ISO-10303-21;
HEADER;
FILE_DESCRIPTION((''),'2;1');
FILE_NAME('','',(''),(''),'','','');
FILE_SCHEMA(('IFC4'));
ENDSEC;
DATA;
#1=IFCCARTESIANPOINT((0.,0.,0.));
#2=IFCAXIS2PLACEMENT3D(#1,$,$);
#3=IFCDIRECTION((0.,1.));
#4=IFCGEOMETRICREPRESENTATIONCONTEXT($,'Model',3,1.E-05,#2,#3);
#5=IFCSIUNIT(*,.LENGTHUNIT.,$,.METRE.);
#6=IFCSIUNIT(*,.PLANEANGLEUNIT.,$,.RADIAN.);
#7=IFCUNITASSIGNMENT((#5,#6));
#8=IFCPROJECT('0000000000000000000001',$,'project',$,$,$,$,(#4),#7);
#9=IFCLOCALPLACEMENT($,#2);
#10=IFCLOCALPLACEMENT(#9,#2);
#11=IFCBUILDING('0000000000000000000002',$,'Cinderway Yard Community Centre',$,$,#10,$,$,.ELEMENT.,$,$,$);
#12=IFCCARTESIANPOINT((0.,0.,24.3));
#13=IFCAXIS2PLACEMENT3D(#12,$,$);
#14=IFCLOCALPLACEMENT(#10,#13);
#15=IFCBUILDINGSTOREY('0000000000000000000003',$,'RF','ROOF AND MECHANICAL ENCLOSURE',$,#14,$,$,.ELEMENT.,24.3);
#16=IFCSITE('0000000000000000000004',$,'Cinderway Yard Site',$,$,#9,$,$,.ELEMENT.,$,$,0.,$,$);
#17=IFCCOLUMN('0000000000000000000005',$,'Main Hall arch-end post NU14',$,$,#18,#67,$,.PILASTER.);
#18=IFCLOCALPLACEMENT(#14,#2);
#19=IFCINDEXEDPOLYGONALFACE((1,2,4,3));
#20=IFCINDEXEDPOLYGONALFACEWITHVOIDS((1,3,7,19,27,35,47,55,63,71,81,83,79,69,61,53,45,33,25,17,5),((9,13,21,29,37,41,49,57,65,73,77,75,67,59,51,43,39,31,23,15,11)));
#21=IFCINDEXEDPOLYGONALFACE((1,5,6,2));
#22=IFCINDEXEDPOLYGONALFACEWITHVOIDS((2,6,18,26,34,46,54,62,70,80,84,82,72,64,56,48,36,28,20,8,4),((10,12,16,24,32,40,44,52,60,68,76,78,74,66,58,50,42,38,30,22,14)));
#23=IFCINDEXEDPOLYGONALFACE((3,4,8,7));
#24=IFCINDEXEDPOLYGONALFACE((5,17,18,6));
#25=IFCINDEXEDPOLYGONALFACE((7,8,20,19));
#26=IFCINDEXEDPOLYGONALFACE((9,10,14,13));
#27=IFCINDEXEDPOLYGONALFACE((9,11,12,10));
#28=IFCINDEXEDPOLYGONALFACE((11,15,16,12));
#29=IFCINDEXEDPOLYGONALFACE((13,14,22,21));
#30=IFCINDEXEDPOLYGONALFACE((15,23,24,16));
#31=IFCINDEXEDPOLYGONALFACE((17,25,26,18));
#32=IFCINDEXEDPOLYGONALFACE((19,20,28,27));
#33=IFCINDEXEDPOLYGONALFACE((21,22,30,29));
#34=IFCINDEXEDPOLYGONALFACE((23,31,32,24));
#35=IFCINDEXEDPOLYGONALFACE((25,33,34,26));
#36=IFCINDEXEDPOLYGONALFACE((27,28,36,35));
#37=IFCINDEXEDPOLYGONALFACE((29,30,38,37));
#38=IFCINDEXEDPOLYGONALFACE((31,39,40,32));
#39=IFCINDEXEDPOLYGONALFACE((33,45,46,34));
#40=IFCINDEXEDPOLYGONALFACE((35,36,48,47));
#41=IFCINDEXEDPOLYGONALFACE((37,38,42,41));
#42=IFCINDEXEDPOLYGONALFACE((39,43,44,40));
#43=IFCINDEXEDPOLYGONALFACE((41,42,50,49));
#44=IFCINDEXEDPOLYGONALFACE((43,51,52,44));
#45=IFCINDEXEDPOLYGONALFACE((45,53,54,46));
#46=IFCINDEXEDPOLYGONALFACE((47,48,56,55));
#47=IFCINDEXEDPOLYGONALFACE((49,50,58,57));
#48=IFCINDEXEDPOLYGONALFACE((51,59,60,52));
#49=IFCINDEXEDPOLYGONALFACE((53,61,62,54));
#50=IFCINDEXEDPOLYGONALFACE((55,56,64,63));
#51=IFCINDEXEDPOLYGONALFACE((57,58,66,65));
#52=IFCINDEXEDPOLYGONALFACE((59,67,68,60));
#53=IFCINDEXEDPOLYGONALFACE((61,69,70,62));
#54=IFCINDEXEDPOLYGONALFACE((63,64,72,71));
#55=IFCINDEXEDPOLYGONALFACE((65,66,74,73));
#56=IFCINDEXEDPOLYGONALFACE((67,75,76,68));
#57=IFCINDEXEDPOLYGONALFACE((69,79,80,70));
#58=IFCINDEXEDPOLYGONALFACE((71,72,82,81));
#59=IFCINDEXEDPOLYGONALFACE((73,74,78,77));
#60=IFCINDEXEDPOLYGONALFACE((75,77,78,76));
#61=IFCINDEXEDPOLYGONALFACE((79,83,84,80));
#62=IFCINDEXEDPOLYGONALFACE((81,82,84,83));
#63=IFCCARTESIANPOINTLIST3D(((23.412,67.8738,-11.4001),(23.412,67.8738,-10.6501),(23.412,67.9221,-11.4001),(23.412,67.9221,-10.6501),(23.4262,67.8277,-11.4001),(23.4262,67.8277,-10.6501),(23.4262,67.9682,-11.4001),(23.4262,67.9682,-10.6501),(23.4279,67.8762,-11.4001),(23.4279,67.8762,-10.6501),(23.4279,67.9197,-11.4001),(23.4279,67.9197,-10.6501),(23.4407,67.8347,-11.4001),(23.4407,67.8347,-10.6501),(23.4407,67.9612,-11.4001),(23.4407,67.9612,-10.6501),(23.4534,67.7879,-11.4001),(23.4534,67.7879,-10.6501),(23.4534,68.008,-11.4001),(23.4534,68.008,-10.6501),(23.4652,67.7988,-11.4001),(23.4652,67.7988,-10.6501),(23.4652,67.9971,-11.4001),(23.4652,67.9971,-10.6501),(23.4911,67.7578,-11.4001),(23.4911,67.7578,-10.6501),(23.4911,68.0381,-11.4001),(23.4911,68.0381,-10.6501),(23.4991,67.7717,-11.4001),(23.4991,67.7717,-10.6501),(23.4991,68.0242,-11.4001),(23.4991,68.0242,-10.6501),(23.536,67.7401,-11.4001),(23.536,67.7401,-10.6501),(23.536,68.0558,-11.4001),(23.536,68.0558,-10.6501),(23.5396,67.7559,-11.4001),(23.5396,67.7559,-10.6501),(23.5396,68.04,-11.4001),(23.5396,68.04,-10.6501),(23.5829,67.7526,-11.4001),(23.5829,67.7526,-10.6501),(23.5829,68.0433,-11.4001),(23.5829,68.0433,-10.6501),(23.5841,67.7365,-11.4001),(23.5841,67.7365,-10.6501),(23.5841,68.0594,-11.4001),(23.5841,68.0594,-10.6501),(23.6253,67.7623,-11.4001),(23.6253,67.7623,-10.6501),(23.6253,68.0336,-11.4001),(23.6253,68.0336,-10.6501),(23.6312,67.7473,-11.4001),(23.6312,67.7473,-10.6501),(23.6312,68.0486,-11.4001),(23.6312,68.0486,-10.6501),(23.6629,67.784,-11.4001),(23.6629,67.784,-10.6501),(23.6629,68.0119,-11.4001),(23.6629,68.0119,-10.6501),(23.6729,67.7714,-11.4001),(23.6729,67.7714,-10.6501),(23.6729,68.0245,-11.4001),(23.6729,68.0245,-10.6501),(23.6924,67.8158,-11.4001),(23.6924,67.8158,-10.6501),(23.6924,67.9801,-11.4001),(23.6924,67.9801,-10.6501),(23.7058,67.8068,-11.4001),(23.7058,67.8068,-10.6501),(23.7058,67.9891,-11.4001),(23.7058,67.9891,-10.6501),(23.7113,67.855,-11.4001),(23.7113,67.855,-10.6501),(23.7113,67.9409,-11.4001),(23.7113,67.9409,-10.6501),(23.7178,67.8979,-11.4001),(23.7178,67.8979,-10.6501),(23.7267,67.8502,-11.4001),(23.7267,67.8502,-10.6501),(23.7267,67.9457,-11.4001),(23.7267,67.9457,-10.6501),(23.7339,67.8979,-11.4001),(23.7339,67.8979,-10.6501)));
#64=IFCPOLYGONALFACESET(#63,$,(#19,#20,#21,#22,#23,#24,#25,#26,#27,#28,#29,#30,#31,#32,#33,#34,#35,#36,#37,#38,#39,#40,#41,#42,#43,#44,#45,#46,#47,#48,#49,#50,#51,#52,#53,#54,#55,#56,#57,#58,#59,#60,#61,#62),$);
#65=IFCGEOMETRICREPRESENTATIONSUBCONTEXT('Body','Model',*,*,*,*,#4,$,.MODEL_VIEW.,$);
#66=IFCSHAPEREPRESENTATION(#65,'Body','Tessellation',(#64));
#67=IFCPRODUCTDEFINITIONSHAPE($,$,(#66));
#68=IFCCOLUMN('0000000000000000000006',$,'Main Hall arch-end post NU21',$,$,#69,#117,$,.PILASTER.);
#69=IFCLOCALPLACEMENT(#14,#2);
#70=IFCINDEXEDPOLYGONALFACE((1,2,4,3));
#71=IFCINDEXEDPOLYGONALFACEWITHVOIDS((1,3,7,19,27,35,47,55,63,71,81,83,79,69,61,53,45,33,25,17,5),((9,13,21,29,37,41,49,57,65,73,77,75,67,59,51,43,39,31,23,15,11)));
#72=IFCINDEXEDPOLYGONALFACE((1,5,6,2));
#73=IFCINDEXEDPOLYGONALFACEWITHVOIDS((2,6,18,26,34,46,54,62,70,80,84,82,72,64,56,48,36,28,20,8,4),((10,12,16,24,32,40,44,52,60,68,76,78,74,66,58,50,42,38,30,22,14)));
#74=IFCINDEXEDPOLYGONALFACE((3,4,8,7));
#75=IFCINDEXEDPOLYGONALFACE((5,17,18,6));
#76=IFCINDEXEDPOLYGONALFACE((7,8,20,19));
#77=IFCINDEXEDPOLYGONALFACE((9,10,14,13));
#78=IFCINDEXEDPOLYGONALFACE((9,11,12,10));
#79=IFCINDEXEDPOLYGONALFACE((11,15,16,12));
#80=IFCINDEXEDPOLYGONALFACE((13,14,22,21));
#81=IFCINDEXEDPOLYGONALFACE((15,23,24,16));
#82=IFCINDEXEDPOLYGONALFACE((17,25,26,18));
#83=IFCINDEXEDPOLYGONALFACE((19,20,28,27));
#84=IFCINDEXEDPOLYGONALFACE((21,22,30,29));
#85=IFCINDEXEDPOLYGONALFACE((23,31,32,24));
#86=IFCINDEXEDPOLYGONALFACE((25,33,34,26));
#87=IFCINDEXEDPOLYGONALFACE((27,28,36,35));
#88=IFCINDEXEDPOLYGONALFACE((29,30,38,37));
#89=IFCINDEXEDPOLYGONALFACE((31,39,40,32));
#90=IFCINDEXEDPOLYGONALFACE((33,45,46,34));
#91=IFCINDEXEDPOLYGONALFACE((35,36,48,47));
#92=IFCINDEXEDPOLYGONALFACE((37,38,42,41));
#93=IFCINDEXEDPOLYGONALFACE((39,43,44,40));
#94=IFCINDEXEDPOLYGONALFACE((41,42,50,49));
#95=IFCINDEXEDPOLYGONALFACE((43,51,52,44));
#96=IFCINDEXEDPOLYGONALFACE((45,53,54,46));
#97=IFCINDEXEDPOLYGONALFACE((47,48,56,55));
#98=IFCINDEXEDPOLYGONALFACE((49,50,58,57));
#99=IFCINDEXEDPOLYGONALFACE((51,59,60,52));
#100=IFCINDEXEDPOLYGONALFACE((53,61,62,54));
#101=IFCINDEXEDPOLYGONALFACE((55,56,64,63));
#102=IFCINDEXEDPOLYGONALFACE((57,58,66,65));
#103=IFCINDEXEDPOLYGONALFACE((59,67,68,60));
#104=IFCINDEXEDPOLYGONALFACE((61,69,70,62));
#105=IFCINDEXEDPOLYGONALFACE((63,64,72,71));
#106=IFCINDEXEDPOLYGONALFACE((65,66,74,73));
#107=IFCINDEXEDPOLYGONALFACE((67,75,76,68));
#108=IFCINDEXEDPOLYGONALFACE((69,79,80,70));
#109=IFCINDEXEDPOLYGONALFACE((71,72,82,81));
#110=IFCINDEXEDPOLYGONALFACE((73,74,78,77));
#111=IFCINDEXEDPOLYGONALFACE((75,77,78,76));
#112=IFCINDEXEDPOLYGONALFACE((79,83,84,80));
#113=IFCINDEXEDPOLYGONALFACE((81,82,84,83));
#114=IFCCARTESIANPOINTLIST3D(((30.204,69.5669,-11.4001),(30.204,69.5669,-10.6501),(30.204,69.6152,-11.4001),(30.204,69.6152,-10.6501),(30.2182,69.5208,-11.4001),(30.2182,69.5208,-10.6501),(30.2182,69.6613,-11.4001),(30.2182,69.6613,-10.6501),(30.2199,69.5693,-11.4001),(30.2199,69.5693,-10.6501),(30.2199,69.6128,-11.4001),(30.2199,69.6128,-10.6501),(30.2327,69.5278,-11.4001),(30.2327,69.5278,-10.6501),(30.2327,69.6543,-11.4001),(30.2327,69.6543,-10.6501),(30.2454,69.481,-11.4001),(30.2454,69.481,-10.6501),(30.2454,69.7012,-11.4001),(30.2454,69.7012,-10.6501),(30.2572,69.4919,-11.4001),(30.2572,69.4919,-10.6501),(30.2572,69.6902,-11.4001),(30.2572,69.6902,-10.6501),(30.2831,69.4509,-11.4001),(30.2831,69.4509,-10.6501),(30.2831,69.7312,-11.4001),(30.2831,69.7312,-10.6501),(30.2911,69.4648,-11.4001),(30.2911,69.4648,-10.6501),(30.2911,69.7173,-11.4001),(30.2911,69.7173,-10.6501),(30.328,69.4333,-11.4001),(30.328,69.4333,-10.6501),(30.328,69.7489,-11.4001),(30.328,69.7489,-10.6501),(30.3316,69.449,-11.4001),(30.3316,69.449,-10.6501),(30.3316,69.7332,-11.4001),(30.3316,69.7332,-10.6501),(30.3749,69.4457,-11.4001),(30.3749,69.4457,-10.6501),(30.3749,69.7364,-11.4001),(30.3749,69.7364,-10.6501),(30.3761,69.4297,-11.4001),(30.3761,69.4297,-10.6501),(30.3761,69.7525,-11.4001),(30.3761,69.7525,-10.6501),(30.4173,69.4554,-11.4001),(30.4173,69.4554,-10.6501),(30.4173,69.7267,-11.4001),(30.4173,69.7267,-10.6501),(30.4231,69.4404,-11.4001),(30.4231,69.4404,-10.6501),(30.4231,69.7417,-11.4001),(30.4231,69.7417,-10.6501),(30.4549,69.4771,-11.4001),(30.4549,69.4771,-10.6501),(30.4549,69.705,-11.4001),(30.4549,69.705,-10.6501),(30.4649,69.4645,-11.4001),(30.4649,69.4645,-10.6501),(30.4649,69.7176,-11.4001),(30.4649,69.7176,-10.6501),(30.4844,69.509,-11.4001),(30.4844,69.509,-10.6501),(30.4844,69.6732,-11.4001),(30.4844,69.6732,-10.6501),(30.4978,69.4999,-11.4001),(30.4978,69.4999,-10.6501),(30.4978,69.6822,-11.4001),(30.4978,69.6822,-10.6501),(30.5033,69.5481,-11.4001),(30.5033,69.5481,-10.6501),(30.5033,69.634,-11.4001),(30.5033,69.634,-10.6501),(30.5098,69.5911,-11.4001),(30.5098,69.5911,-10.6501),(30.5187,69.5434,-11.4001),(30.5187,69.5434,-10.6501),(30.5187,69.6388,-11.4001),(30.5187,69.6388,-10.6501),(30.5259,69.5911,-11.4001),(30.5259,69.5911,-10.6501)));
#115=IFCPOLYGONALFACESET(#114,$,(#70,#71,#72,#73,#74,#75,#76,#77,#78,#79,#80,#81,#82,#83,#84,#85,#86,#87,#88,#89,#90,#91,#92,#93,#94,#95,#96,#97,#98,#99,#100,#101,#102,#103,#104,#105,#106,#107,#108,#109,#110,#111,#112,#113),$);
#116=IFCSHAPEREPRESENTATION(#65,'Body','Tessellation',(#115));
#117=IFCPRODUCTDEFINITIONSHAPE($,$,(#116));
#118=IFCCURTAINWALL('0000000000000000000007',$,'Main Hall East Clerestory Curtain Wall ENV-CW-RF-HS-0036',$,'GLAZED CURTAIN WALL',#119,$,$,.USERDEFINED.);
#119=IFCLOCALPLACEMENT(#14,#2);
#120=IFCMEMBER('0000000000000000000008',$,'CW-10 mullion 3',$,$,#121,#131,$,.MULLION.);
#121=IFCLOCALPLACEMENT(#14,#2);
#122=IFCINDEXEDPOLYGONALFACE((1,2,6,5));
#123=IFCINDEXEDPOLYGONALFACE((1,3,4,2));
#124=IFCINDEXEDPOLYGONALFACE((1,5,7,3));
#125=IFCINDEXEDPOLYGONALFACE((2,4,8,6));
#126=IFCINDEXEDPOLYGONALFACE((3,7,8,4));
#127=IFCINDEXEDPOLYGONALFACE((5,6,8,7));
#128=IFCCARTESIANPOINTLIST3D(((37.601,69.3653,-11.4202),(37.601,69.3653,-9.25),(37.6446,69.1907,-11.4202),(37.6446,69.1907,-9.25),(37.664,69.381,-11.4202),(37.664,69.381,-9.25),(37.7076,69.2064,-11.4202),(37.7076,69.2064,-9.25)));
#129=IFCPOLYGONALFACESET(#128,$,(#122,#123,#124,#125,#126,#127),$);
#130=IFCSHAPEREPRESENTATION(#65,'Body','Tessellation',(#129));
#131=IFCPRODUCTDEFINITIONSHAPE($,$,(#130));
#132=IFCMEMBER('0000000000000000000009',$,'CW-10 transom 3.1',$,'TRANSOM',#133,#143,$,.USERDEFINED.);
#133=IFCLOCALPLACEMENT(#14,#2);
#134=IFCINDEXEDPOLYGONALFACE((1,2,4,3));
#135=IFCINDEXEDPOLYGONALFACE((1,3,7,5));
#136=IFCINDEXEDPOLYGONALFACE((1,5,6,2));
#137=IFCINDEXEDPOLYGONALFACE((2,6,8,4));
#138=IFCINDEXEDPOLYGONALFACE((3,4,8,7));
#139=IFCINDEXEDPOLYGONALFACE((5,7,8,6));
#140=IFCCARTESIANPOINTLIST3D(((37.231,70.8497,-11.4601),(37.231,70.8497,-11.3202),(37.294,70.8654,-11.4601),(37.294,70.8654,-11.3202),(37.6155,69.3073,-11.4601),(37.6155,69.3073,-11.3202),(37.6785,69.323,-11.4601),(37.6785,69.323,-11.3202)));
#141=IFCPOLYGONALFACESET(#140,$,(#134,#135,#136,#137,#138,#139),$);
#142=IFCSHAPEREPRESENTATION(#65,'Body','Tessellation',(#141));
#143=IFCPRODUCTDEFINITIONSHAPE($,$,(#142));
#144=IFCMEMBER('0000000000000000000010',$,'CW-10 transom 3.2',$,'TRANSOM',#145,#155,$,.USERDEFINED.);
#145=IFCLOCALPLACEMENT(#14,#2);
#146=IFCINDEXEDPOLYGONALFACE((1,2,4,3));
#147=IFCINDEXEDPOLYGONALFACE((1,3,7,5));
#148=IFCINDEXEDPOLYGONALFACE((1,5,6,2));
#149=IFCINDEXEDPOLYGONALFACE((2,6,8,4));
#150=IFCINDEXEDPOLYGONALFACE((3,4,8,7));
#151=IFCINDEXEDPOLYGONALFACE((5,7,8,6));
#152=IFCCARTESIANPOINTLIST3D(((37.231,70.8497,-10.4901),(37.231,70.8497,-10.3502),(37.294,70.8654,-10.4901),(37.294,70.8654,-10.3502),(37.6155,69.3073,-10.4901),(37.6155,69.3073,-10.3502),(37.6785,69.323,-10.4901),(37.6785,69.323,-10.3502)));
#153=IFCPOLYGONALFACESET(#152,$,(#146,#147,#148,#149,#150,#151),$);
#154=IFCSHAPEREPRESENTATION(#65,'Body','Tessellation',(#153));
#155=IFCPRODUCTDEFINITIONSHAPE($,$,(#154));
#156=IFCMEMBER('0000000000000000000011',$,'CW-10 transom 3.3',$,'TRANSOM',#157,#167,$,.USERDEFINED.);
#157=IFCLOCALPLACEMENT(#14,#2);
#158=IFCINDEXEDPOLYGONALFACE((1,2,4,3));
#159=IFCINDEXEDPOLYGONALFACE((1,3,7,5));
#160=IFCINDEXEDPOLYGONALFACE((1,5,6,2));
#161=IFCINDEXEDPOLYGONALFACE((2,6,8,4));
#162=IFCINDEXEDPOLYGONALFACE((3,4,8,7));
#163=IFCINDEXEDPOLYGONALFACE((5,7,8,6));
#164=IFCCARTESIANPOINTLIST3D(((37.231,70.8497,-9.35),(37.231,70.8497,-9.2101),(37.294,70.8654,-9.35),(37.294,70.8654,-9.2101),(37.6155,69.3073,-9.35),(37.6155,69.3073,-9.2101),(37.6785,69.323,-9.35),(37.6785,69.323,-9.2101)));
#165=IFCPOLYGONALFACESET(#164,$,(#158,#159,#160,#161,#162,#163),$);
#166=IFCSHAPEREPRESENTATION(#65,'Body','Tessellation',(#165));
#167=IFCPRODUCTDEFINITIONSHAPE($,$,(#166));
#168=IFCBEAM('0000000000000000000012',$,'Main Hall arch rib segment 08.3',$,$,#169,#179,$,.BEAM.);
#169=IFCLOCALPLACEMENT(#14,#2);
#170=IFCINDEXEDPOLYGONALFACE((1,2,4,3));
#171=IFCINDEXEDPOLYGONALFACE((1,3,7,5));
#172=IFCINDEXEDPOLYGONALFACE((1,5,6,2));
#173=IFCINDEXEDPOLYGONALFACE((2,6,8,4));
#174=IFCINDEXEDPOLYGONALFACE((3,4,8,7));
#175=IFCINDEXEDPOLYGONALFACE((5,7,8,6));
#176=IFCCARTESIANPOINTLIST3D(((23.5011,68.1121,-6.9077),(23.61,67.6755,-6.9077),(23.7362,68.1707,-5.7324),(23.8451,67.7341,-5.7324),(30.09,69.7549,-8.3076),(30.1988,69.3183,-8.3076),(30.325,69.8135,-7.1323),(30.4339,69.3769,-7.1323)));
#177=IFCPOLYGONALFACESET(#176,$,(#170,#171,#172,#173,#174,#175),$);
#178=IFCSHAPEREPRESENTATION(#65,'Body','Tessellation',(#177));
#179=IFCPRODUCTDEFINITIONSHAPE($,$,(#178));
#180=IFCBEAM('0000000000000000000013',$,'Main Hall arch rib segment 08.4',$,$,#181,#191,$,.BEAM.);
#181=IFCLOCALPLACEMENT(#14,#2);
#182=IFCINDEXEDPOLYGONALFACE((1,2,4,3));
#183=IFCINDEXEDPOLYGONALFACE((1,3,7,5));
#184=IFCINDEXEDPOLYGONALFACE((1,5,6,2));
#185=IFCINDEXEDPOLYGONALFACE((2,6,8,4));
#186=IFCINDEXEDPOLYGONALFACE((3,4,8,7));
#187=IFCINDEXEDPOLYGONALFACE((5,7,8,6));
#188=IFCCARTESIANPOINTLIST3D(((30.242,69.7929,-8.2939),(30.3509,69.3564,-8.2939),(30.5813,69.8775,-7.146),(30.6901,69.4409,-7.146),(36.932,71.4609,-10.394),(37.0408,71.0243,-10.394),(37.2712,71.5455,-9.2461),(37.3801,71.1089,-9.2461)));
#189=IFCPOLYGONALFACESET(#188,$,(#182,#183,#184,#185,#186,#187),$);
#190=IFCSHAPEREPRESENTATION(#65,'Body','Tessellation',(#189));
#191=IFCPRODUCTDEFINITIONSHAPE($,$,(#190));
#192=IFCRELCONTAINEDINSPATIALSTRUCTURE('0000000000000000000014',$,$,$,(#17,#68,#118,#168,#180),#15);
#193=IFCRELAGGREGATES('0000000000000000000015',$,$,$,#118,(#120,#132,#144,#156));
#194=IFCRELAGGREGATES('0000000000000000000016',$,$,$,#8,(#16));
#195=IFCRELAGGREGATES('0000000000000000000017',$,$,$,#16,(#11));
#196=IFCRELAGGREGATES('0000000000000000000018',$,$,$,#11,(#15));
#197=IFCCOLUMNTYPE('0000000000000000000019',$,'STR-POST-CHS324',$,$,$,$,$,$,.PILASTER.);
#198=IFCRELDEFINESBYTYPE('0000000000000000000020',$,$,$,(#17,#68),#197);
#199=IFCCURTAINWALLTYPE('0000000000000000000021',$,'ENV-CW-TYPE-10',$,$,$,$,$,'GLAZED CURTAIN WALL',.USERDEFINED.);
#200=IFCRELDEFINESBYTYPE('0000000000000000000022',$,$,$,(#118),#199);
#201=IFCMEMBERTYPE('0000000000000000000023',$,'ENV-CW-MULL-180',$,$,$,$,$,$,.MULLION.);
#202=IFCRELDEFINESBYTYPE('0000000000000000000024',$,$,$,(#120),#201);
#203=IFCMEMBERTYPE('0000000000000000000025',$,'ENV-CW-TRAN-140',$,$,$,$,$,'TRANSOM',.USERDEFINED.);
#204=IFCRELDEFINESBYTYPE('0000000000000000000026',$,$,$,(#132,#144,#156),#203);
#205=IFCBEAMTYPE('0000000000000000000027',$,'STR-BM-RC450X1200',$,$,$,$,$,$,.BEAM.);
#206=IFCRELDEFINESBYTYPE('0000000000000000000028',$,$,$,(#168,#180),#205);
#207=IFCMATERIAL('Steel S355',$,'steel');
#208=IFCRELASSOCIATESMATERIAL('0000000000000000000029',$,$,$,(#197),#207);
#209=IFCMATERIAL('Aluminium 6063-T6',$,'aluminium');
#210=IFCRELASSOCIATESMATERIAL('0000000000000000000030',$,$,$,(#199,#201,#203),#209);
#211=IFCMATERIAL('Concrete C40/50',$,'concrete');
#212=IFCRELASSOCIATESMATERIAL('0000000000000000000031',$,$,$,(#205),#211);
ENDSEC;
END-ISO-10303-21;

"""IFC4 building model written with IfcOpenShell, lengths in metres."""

from ifc_helpers import new_model, si_unit, direction, frame, origin, origin_2d, place, context, subcontext, project, spatial, rectangle, hollow_circle, extrude, material, material_profile, profile_set, type_object, element, aggregate, save


model = new_model("IFC4")

# Units and contexts
model_context = context("Model", 3, precision=1e-05, world=origin(), true_north=direction((0.0, 1.0)))
body_context = subcontext(model_context, "Body", "Model", "MODEL_VIEW")
ifc_project = project(units=[si_unit("LENGTHUNIT", "METRE"), si_unit("PLANEANGLEUNIT", "RADIAN")], contexts=[model_context])

# Site, building, storey
site_placement = place(None, origin())
site = spatial("IfcSite", under=ifc_project, at=site_placement, Name="Cinderway Yard Site", CompositionType="ELEMENT", RefElevation=0.0)
building_placement = place(site_placement, origin())
building = spatial("IfcBuilding", under=site, at=building_placement, Name="Cinderway Yard Community Centre", CompositionType="ELEMENT")
storey_placement = place(building_placement, frame((0.0, 0.0, 24.3)))
storey = spatial("IfcBuildingStorey", under=building, at=storey_placement, Name="RF", Description="ROOF AND MECHANICAL ENCLOSURE", CompositionType="ELEMENT", Elevation=24.3)

# Columns
ifc_material_1 = material(Name="Steel S355", Category="steel")
ifc_material_profile_1 = material_profile(ifc_material_1, hollow_circle(Radius=0.1619, WallThickness=0.0161, at=origin_2d()), Name="Steel S355")
ifc_profile_set_1 = profile_set([ifc_material_profile_1], Name="Steel S355")
column_type = type_object("IfcColumnType", Name="STR-POST-CHS324", PredefinedType="PILASTER", material=ifc_profile_set_1)
for number, where, z_axis, x_axis, name in (
    (1, (23.572, 67.8979, -11.4001), (0.0, 0.0, 1.0), (1.0, 0.0, 0.0), "Main Hall arch-end post NU14"),
    (2, (30.364, 69.5911, -11.4001), (0.0, 0.0, 1.0), (1.0, 0.0, 0.0), "Main Hall arch-end post NU21"),
):
    element("IfcColumn", number, at=place(storey_placement, frame(where, z_axis=z_axis, x_axis=x_axis)), inside=storey, type_object=column_type, Name=name, PredefinedType="PILASTER", context=body_context, shape_type="SweptSolid", body=[
        extrude(hollow_circle(Radius=0.1619, WallThickness=0.0161, at=origin_2d()), origin(), (0.0, 0.0, 1.0), 0.75),
    ])

# Curtain wall, members
ifc_material_2 = material(Name="Aluminium 6063-T6", Category="aluminium")
curtain_wall_type = type_object("IfcCurtainWallType", Name="ENV-CW-TYPE-10", ElementType="GLAZED CURTAIN WALL", PredefinedType="USERDEFINED", material=ifc_material_2)
curtain_wall_placement = place(storey_placement, origin())
curtain_wall = element("IfcCurtainWall", 3, at=curtain_wall_placement, inside=storey, type_object=curtain_wall_type, Name="Main Hall East Clerestory Curtain Wall ENV-CW-RF-HS-0036", ObjectType="GLAZED CURTAIN WALL", PredefinedType="USERDEFINED")
ifc_material_profile_2 = material_profile(ifc_material_2, rectangle(XDim=0.0649, YDim=0.1799, at=origin_2d()), Name="Aluminium 6063-T6")
ifc_profile_set_2 = profile_set([ifc_material_profile_2], Name="Aluminium 6063-T6")
member_type_1 = type_object("IfcMemberType", Name="ENV-CW-MULL-180", PredefinedType="MULLION", material=ifc_profile_set_2)
member_1_placement = place(storey_placement, frame((37.6543, 69.2859, -11.4202), z_axis=(0.0, 0.0, 1.0), x_axis=(-0.970306, -0.241882, 0.0)))
member_1 = element("IfcMember", 4, at=member_1_placement, type_object=member_type_1, Name="CW-10 mullion 3", PredefinedType="MULLION", context=body_context, shape_type="SweptSolid", body=[
    extrude(rectangle(XDim=0.0649, YDim=0.1799, at=origin_2d()), origin(), (0.0, 0.0, 1.0), 2.1702),
])
ifc_material_profile_3 = material_profile(ifc_material_2, rectangle(XDim=0.0649, YDim=0.1399, at=origin_2d()), Name="Aluminium 6063-T6")
ifc_profile_set_3 = profile_set([ifc_material_profile_3], Name="Aluminium 6063-T6")
member_type_2 = type_object("IfcMemberType", Name="ENV-CW-TRAN-140", ElementType="TRANSOM", PredefinedType="USERDEFINED", material=ifc_profile_set_3)
member_2_placement = place(storey_placement, frame((37.647, 69.3152, -11.3901), z_axis=(-0.241885, 0.970305, 0.0), x_axis=(-0.970305, -0.241885, 0.0)))
member_2 = element("IfcMember", 5, at=member_2_placement, type_object=member_type_2, Name="CW-10 transom 3.1", ObjectType="TRANSOM", PredefinedType="USERDEFINED", context=body_context, shape_type="SweptSolid", body=[
    extrude(rectangle(XDim=0.0649, YDim=0.1399, at=origin_2d()), origin(), (0.0, 0.0, 1.0), 1.5896),
])
member_3_placement = place(storey_placement, frame((37.647, 69.3152, -10.4202), z_axis=(-0.241885, 0.970305, 0.0), x_axis=(-0.970305, -0.241885, 0.0)))
member_3 = element("IfcMember", 6, at=member_3_placement, type_object=member_type_2, Name="CW-10 transom 3.2", ObjectType="TRANSOM", PredefinedType="USERDEFINED", context=body_context, shape_type="SweptSolid", body=[
    extrude(rectangle(XDim=0.0649, YDim=0.1399, at=origin_2d()), origin(), (0.0, 0.0, 1.0), 1.5896),
])
member_4_placement = place(storey_placement, frame((37.647, 69.3152, -9.28), z_axis=(-0.241885, 0.970305, 0.0), x_axis=(-0.970305, -0.241885, 0.0)))
member_4 = element("IfcMember", 7, at=member_4_placement, type_object=member_type_2, Name="CW-10 transom 3.3", ObjectType="TRANSOM", PredefinedType="USERDEFINED", context=body_context, shape_type="SweptSolid", body=[
    extrude(rectangle(XDim=0.0649, YDim=0.1399, at=origin_2d()), origin(), (0.0, 0.0, 1.0), 1.5896),
])

# Beams
ifc_material_3 = material(Name="Concrete C40/50", Category="concrete")
ifc_material_profile_4 = material_profile(ifc_material_3, rectangle(XDim=0.45, YDim=1.2, at=origin_2d()), Name="Concrete C40/50")
ifc_profile_set_4 = profile_set([ifc_material_profile_4], Name="Concrete C40/50")
beam_type_1 = type_object("IfcBeamType", Name="STR-BM-RC450X1200", PredefinedType="BEAM", material=ifc_profile_set_4)
beam_1_placement = place(storey_placement, frame((23.6731, 67.9231, -6.3201), z_axis=(0.950311, 0.236944, -0.201908), x_axis=(-0.241926, 0.970295, 0.0)))
element("IfcBeam", 8, at=beam_1_placement, inside=storey, type_object=beam_type_1, Name="Main Hall arch rib segment 08.3", PredefinedType="BEAM", context=body_context, shape_type="SweptSolid", body=[
    extrude(rectangle(XDim=0.45, YDim=1.2, at=origin_2d()), origin(), (0.0, 0.0, 1.0), 6.9333),
])
beam_2_placement = place(storey_placement, frame((30.4661, 69.6169, -7.72), z_axis=(0.928194, 0.231422, -0.291377), x_axis=(-0.241919, 0.970296, 0.0)))
element("IfcBeam", 9, at=beam_2_placement, inside=storey, type_object=beam_type_1, Name="Main Hall arch rib segment 08.4", PredefinedType="BEAM", context=body_context, shape_type="SweptSolid", body=[
    extrude(rectangle(XDim=0.45, YDim=1.2, at=origin_2d()), origin(), (0.0, 0.0, 1.0), 7.2075),
])

aggregate(curtain_wall, [member_1, member_2, member_3, member_4])

save(model, "model.ifc")
